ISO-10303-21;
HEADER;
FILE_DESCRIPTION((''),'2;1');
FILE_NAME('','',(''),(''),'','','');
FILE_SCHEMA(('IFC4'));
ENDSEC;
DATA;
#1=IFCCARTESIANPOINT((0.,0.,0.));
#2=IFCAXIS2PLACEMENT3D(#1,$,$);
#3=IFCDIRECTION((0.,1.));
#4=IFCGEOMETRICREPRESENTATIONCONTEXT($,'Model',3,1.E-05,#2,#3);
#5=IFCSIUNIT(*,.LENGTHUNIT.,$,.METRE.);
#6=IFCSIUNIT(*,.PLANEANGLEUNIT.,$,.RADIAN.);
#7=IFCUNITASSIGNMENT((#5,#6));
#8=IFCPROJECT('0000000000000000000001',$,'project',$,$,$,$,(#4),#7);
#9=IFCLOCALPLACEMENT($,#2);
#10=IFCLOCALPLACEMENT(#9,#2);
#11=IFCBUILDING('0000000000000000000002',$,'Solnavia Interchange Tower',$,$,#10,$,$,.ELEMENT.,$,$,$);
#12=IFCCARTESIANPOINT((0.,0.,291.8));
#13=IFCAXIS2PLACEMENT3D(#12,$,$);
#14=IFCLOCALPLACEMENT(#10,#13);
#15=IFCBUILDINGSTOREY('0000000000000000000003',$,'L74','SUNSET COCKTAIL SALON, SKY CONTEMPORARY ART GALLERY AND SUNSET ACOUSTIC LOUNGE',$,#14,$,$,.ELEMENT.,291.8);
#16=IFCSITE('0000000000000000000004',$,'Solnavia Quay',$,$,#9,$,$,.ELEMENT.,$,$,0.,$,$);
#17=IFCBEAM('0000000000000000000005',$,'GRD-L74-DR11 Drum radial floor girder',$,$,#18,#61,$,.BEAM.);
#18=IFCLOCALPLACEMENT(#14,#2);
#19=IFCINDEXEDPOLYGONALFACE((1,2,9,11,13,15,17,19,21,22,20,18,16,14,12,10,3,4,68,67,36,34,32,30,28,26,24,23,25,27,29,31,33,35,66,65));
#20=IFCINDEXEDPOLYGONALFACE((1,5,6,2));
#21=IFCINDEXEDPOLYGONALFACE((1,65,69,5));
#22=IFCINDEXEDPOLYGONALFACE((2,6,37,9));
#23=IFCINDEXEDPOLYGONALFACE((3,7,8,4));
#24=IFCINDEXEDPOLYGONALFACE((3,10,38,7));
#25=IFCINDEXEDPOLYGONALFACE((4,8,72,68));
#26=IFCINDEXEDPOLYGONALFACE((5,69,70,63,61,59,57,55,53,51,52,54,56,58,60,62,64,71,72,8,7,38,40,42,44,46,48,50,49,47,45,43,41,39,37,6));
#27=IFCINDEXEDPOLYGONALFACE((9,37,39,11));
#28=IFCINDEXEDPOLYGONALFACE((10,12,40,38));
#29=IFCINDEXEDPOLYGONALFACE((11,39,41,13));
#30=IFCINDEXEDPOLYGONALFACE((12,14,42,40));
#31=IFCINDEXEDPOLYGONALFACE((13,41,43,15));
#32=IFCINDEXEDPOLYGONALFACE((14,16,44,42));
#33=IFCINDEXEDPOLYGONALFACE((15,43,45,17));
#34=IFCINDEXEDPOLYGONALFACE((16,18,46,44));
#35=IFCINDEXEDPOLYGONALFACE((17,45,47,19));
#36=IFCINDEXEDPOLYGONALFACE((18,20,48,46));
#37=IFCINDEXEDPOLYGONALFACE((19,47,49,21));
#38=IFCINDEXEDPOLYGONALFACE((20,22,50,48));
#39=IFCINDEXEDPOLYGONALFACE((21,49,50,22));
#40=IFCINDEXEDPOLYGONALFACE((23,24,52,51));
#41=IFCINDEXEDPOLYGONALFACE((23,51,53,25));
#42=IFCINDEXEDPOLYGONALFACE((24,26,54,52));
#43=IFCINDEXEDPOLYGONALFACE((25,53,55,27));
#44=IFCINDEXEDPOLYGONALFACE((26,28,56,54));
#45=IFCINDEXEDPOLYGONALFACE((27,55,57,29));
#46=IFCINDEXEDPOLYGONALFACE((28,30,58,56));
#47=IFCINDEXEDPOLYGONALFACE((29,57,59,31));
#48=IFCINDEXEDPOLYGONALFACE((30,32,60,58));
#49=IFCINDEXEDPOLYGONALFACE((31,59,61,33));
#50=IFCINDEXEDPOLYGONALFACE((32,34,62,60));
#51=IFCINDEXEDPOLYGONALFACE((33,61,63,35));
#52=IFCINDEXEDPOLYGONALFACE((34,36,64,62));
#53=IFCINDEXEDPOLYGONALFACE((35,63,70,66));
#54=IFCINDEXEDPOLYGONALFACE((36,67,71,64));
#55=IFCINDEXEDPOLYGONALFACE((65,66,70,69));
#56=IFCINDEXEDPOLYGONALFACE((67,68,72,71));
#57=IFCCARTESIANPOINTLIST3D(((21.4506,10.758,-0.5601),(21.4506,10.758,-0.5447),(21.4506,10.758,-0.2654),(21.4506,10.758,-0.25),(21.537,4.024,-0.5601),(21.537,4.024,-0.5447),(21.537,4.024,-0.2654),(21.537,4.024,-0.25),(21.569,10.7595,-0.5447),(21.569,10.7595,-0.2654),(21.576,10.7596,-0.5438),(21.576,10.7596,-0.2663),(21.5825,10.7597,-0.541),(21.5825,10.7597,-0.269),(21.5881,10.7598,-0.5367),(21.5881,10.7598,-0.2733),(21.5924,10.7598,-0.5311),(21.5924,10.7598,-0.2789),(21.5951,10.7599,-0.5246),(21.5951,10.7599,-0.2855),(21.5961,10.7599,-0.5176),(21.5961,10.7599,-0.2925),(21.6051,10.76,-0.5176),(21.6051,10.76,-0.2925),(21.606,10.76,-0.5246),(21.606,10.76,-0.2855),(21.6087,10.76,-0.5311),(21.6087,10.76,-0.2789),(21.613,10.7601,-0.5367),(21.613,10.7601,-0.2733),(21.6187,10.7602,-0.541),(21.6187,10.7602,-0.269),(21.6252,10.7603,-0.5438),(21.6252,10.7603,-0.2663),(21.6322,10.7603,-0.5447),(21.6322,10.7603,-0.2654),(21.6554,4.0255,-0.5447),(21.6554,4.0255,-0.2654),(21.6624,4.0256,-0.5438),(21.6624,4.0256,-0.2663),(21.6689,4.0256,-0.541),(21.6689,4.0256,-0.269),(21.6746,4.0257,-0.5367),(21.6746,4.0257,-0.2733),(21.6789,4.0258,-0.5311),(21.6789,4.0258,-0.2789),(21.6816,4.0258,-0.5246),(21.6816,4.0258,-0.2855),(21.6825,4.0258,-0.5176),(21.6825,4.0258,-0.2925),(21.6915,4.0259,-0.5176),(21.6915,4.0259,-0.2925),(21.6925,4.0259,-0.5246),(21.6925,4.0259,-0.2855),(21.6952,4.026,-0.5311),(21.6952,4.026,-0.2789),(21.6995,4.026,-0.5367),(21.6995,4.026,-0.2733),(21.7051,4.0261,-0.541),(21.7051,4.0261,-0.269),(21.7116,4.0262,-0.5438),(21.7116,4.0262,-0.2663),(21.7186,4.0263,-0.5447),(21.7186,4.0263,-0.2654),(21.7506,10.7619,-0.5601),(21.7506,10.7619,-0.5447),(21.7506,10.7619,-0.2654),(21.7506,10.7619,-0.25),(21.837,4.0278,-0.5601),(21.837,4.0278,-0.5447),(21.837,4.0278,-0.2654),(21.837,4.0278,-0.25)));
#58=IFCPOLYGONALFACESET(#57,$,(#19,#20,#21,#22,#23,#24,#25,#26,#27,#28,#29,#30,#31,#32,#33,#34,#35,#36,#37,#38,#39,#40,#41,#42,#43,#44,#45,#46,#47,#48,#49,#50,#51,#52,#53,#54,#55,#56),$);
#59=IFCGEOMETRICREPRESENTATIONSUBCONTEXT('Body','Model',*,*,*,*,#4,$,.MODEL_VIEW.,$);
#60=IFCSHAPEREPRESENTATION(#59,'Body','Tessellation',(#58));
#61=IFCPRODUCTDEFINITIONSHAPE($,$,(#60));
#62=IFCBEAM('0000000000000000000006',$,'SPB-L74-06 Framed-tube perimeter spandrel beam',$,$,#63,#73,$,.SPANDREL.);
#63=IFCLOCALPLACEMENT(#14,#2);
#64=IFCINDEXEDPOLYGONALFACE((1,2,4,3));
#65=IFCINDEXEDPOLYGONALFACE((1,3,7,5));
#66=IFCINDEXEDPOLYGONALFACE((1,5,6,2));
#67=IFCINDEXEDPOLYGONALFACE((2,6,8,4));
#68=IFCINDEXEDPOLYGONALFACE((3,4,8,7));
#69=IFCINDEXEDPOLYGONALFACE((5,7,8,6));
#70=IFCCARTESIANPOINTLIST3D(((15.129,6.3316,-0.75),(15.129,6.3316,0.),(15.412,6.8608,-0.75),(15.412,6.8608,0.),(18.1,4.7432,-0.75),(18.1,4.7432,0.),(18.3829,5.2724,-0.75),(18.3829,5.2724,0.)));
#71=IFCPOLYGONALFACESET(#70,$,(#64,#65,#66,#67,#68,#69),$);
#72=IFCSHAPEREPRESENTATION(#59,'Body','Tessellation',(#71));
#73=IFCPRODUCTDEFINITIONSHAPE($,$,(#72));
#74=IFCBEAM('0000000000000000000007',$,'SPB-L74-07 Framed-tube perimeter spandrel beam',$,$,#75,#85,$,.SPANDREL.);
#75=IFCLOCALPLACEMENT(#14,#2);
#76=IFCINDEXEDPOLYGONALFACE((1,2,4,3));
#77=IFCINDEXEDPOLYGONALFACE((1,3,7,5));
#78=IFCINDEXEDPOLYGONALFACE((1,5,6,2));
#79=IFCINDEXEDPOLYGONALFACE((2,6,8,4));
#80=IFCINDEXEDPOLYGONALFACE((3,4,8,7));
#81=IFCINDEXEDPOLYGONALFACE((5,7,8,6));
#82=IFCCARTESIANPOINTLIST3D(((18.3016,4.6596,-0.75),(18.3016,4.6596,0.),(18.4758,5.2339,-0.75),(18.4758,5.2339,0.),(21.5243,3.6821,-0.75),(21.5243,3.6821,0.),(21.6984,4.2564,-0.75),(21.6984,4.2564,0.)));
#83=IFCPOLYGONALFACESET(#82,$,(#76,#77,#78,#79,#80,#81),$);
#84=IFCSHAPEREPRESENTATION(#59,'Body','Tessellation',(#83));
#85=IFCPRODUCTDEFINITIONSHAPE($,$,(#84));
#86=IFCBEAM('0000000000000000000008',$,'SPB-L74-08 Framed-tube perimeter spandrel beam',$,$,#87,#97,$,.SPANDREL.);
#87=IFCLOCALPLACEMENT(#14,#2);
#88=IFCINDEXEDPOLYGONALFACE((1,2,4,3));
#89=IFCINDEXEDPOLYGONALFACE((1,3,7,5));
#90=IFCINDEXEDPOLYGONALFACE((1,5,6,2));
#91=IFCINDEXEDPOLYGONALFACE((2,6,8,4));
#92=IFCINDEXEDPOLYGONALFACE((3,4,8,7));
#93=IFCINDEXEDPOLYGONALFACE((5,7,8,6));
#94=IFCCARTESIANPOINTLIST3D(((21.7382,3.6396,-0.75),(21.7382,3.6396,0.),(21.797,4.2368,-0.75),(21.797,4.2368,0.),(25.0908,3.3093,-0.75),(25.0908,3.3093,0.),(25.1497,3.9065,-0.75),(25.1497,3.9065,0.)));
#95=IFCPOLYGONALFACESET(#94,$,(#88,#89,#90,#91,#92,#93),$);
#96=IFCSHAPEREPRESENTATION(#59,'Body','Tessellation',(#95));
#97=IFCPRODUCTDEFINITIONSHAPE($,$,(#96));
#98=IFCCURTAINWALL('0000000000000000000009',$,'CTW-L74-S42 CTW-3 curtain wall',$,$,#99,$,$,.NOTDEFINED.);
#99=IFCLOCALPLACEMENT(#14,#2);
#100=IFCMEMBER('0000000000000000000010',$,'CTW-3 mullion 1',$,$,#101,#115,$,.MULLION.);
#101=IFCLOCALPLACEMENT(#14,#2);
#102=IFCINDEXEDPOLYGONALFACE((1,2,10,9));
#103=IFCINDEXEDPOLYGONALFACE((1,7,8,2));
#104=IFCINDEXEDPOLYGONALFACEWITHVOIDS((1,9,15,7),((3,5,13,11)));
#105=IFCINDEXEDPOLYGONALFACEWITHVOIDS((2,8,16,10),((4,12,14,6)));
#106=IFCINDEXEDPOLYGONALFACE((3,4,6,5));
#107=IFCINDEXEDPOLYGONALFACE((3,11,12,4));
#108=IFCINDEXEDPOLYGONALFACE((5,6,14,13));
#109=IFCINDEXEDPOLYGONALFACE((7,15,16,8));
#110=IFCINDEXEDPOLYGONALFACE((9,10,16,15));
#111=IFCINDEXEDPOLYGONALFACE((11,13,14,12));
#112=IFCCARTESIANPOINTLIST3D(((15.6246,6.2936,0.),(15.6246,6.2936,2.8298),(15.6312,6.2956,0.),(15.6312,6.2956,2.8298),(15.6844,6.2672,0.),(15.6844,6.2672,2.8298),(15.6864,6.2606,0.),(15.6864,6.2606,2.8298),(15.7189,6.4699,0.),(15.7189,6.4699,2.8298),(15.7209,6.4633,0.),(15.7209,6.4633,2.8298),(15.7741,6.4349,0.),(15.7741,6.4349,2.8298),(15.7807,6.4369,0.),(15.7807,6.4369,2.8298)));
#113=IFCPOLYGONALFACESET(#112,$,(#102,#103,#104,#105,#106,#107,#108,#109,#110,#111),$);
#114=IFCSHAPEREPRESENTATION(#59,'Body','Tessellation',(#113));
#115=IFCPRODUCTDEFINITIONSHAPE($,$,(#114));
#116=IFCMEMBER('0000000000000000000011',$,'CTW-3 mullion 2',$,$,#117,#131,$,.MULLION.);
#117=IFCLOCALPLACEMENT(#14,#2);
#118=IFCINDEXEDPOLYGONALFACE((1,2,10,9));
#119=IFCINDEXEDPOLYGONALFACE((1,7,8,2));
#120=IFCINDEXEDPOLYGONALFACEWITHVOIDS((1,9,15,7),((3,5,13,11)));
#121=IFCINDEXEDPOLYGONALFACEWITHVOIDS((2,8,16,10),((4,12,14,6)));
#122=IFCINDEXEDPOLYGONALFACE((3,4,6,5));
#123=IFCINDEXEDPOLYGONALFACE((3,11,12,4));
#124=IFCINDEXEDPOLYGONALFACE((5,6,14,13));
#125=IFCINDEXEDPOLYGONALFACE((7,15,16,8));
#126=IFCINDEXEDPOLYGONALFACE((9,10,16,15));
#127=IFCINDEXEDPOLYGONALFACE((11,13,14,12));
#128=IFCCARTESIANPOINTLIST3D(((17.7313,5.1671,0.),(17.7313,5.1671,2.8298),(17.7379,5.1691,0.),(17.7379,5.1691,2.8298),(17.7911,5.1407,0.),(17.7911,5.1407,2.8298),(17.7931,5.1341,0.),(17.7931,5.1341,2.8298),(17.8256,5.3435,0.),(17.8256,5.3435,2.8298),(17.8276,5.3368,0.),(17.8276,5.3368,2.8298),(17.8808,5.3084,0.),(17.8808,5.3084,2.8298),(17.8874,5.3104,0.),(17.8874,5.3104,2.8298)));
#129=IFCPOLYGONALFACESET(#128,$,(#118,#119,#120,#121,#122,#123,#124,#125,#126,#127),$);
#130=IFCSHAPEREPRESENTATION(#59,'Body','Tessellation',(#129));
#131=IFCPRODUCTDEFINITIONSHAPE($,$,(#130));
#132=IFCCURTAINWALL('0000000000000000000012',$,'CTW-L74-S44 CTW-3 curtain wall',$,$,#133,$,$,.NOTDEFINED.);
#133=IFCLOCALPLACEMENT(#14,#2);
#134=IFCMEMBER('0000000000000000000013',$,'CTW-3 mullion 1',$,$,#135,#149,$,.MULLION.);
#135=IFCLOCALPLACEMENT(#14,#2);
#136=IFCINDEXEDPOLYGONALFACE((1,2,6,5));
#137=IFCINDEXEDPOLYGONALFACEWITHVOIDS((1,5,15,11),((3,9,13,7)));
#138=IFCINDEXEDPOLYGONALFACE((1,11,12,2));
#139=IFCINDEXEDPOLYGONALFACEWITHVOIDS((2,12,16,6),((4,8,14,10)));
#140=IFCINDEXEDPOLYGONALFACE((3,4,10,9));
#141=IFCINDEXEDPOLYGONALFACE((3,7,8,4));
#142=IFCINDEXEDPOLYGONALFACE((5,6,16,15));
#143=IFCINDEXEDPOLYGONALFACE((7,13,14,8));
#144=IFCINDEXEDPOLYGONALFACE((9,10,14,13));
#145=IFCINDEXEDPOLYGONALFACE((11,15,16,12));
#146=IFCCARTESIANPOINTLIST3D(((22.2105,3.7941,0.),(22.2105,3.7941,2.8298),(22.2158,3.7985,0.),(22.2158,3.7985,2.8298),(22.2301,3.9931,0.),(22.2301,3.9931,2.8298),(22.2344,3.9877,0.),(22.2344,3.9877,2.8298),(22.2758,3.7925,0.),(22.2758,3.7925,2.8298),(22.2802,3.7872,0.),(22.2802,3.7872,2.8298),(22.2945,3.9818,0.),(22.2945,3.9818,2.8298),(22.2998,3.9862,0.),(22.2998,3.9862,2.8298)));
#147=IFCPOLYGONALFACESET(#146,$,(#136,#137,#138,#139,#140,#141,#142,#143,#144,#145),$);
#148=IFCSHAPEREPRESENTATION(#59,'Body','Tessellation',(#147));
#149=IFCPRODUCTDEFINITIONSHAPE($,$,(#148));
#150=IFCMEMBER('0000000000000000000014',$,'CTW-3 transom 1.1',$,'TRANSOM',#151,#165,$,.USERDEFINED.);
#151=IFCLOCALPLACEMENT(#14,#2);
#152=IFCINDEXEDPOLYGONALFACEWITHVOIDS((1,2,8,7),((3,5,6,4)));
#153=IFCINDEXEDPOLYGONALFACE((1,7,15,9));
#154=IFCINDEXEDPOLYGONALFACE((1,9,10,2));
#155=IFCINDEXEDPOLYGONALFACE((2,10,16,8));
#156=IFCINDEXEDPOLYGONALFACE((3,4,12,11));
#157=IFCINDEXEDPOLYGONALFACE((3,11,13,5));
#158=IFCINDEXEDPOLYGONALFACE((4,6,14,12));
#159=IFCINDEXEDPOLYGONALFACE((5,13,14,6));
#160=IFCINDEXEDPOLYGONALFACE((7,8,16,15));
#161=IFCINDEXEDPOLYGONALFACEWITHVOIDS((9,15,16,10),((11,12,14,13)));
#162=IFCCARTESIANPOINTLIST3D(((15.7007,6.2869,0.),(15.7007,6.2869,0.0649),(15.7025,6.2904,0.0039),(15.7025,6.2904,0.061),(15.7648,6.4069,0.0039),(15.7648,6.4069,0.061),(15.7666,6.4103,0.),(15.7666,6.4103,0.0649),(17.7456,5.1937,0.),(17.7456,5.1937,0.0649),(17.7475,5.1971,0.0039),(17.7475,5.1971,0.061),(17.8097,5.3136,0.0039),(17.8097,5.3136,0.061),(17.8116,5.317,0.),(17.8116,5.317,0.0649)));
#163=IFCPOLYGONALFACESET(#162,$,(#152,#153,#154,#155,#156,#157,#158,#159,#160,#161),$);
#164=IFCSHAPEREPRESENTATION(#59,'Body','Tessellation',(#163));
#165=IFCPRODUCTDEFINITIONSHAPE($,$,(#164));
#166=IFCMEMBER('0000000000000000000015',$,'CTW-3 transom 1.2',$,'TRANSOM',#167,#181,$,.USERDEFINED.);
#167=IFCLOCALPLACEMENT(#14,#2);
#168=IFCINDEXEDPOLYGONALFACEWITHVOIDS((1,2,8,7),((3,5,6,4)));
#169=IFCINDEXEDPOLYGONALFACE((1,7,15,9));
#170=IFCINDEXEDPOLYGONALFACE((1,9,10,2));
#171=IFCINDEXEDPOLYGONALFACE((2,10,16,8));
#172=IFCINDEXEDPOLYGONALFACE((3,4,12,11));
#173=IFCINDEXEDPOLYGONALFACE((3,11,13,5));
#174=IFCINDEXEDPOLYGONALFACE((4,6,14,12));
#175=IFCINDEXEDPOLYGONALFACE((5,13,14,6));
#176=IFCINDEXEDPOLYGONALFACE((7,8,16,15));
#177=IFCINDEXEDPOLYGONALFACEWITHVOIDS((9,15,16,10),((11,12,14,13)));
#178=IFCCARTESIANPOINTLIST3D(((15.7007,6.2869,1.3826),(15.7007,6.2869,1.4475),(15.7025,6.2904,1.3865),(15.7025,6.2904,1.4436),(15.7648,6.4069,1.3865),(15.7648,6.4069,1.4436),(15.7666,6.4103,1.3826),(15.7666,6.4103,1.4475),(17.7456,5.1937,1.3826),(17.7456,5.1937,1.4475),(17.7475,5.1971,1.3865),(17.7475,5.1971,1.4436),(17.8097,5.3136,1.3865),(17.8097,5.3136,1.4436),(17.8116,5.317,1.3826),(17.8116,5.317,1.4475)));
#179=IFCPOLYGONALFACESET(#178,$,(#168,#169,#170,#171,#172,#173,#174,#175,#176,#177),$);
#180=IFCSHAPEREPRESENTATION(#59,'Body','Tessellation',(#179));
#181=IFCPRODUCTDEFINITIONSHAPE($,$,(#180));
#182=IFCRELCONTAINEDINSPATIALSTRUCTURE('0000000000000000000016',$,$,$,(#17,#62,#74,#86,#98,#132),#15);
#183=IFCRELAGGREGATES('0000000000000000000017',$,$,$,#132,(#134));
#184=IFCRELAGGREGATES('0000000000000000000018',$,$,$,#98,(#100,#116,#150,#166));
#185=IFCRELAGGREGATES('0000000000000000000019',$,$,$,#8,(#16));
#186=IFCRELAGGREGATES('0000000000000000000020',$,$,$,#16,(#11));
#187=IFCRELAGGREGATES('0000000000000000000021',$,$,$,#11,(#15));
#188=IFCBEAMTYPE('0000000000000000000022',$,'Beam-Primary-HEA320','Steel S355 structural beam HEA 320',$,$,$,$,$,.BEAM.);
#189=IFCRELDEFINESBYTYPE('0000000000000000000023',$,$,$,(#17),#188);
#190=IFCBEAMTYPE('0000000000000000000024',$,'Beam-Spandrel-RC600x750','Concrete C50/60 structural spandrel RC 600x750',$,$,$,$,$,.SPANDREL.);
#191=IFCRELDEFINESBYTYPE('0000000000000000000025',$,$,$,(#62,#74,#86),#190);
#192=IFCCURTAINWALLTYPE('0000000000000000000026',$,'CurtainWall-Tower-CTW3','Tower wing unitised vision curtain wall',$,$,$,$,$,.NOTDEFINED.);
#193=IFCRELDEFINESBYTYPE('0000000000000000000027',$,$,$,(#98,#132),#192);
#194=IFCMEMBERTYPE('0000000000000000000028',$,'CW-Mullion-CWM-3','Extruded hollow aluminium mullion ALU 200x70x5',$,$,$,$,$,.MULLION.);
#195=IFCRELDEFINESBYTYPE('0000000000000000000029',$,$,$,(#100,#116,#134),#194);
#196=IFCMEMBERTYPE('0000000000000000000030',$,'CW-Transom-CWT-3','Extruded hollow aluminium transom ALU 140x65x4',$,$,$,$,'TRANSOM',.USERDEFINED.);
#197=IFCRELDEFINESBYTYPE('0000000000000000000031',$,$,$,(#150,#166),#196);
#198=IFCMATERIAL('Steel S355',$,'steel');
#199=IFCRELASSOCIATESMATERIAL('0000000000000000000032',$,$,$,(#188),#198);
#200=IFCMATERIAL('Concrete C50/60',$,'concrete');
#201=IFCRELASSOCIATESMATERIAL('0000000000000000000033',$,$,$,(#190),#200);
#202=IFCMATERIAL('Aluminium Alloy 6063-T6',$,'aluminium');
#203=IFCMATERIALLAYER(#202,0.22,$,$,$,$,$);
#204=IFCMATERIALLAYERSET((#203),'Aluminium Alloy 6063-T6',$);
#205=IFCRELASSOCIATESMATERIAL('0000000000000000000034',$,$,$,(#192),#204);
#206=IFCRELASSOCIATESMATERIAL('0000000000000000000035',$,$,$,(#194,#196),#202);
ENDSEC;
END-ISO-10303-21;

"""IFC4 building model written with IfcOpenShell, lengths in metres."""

from ifc_helpers import new_model, si_unit, direction, frame, origin, origin_2d, place, context, subcontext, project, spatial, rectangle, hollow_rectangle, i_section, extrude, material, layer, layer_set, material_profile, profile_set, type_object, element, aggregate, save


model = new_model("IFC4")

# Units and contexts
model_context = context("Model", 3, precision=1e-05, world=origin(), true_north=direction((0.0, 1.0)))
body_context = subcontext(model_context, "Body", "Model", "MODEL_VIEW")
ifc_project = project(units=[si_unit("LENGTHUNIT", "METRE"), si_unit("PLANEANGLEUNIT", "RADIAN")], contexts=[model_context])

# Site, building, storey
site_placement = place(None, origin())
site = spatial("IfcSite", under=ifc_project, at=site_placement, Name="Solnavia Quay", CompositionType="ELEMENT", RefElevation=0.0)
building_placement = place(site_placement, origin())
building = spatial("IfcBuilding", under=site, at=building_placement, Name="Solnavia Interchange Tower", CompositionType="ELEMENT")
storey_placement = place(building_placement, frame((0.0, 0.0, 291.8)))
storey = spatial("IfcBuildingStorey", under=building, at=storey_placement, Name="L74", Description="SUNSET COCKTAIL SALON, SKY CONTEMPORARY ART GALLERY AND SUNSET ACOUSTIC LOUNGE", CompositionType="ELEMENT", Elevation=291.8)

# Shared definitions
ifc_material_1 = material(Name="Concrete C50/60", Category="concrete")

# Beams
ifc_material_2 = material(Name="Steel S355", Category="steel")
ifc_material_profile_1 = material_profile(ifc_material_2, i_section(OverallWidth=0.3, OverallDepth=0.3101, WebThickness=0.009, FlangeThickness=0.0154, FilletRadius=0.0271, at=origin_2d()), Name="HEA 320")
ifc_profile_set_1 = profile_set([ifc_material_profile_1], Name="Steel S355")
beam_type_1 = type_object("IfcBeamType", Name="Beam-Primary-HEA320", Description="Steel S355 structural beam HEA 320", PredefinedType="BEAM", material=ifc_profile_set_1)
beam_1_placement = place(storey_placement, frame((21.687, 4.0259, -0.405), z_axis=(-0.012833, 0.999918, 0.0), x_axis=(-0.999918, -0.012833, 0.0)))
element("IfcBeam", 1, at=beam_1_placement, inside=storey, type_object=beam_type_1, Name="GRD-L74-DR11 Drum radial floor girder", PredefinedType="BEAM", context=body_context, shape_type="SweptSolid", body=[
    extrude(i_section(OverallWidth=0.3, OverallDepth=0.3101, WebThickness=0.009, FlangeThickness=0.0154, FilletRadius=0.0271, at=origin_2d()), origin(), (0.0, 0.0, 1.0), 6.7346),
])
ifc_material_profile_2 = material_profile(ifc_material_1, rectangle(XDim=0.6001, YDim=0.75, at=origin_2d()), Name="RC 600x750")
ifc_profile_set_2 = profile_set([ifc_material_profile_2], Name="Concrete C50/60")
beam_type_2 = type_object("IfcBeamType", Name="Beam-Spandrel-RC600x750", Description="Concrete C50/60 structural spandrel RC 600x750", PredefinedType="SPANDREL", material=ifc_profile_set_2)
beam_2_placement = place(storey_placement, frame((15.2705, 6.5962, -0.375), z_axis=(0.881875, -0.471483, 0.0), x_axis=(0.471483, 0.881875, 0.0)))
element("IfcBeam", 2, at=beam_2_placement, inside=storey, type_object=beam_type_2, Name="SPB-L74-06 Framed-tube perimeter spandrel beam", PredefinedType="SPANDREL", context=body_context, shape_type="SweptSolid", body=[
    extrude(rectangle(XDim=0.6001, YDim=0.75, at=origin_2d()), origin(), (0.0, 0.0, 1.0), 3.3689),
])
beam_3_placement = place(storey_placement, frame((18.3887, 4.9468, -0.375), z_axis=(0.956944, -0.290273, 0.0), x_axis=(0.290273, 0.956944, 0.0)))
element("IfcBeam", 3, at=beam_3_placement, inside=storey, type_object=beam_type_2, Name="SPB-L74-07 Framed-tube perimeter spandrel beam", PredefinedType="SPANDREL", context=body_context, shape_type="SweptSolid", body=[
    extrude(rectangle(XDim=0.6001, YDim=0.75, at=origin_2d()), origin(), (0.0, 0.0, 1.0), 3.3677),
])
beam_4_placement = place(storey_placement, frame((21.7676, 3.9382, -0.375), z_axis=(0.995182, -0.098047, 0.0), x_axis=(0.098047, 0.995182, 0.0)))
element("IfcBeam", 4, at=beam_4_placement, inside=storey, type_object=beam_type_2, Name="SPB-L74-08 Framed-tube perimeter spandrel beam", PredefinedType="SPANDREL", context=body_context, shape_type="SweptSolid", body=[
    extrude(rectangle(XDim=0.6001, YDim=0.75, at=origin_2d()), origin(), (0.0, 0.0, 1.0), 3.3689),
])

# Curtain wall, members
ifc_material_3 = material(Name="Aluminium Alloy 6063-T6", Category="aluminium")
ifc_layer_1 = layer(ifc_material_3, 0.22)
ifc_layer_set_1 = layer_set([ifc_layer_1], Name="Aluminium Alloy 6063-T6")
curtain_wall_type = type_object("IfcCurtainWallType", Name="CurtainWall-Tower-CTW3", Description="Tower wing unitised vision curtain wall", PredefinedType="NOTDEFINED", material=ifc_layer_set_1)
curtain_wall_1_placement = place(storey_placement, origin())
curtain_wall_1 = element("IfcCurtainWall", 5, at=curtain_wall_1_placement, inside=storey, type_object=curtain_wall_type, Name="CTW-L74-S42 CTW-3 curtain wall", PredefinedType="NOTDEFINED")
ifc_material_profile_3 = material_profile(ifc_material_3, hollow_rectangle(XDim=0.0701, YDim=0.2, WallThickness=0.0049, at=origin_2d()), Name="ALU 200x70x5")
ifc_profile_set_3 = profile_set([ifc_material_profile_3], Name="Aluminium Alloy 6063-T6")
member_type_1 = type_object("IfcMemberType", Name="CW-Mullion-CWM-3", Description="Extruded hollow aluminium mullion ALU 200x70x5", PredefinedType="MULLION", material=ifc_profile_set_3)
member_1_placement = place(storey_placement, frame((15.7026, 6.3652, 0.0), z_axis=(0.0, 0.0, 1.0), x_axis=(0.881859, -0.471513, 0.0)))
member_1 = element("IfcMember", 6, at=member_1_placement, type_object=member_type_1, Name="CTW-3 mullion 1", PredefinedType="MULLION", context=body_context, shape_type="SweptSolid", body=[
    extrude(hollow_rectangle(XDim=0.0701, YDim=0.2, WallThickness=0.0049, at=origin_2d()), origin(), (0.0, 0.0, 1.0), 2.8298),
])
member_2_placement = place(storey_placement, frame((17.8093, 5.2388, 0.0), z_axis=(0.0, 0.0, 1.0), x_axis=(0.881859, -0.471513, 0.0)))
member_2 = element("IfcMember", 7, at=member_2_placement, type_object=member_type_1, Name="CTW-3 mullion 2", PredefinedType="MULLION", context=body_context, shape_type="SweptSolid", body=[
    extrude(hollow_rectangle(XDim=0.0701, YDim=0.2, WallThickness=0.0049, at=origin_2d()), origin(), (0.0, 0.0, 1.0), 2.8298),
])

# Curtain wall, member
curtain_wall_2_placement = place(storey_placement, origin())
curtain_wall_2 = element("IfcCurtainWall", 8, at=curtain_wall_2_placement, inside=storey, type_object=curtain_wall_type, Name="CTW-L74-S44 CTW-3 curtain wall", PredefinedType="NOTDEFINED")
member_3_placement = place(storey_placement, frame((22.2551, 3.8901, 0.0), z_axis=(0.0, 0.0, 1.0), x_axis=(0.995186, -0.098006, 0.0)))
member_3 = element("IfcMember", 9, at=member_3_placement, type_object=member_type_1, Name="CTW-3 mullion 1", PredefinedType="MULLION", context=body_context, shape_type="SweptSolid", body=[
    extrude(hollow_rectangle(XDim=0.0701, YDim=0.2, WallThickness=0.0049, at=origin_2d()), origin(), (0.0, 0.0, 1.0), 2.8298),
])
aggregate(curtain_wall_2, [member_3])

# Members
ifc_material_profile_4 = material_profile(ifc_material_3, hollow_rectangle(XDim=0.0649, YDim=0.1399, WallThickness=0.0039, at=origin_2d()), Name="ALU 140x65x4")
ifc_profile_set_4 = profile_set([ifc_material_profile_4], Name="Aluminium Alloy 6063-T6")
member_type_2 = type_object("IfcMemberType", Name="CW-Transom-CWT-3", Description="Extruded hollow aluminium transom ALU 140x65x4", ElementType="TRANSOM", PredefinedType="USERDEFINED", material=ifc_profile_set_4)
member_4_placement = place(storey_placement, frame((15.7336, 6.3486, 0.0325), z_axis=(0.88188, -0.471473, 0.0), x_axis=(0.0, 0.0, 1.0)))
member_4 = element("IfcMember", 10, at=member_4_placement, type_object=member_type_2, Name="CTW-3 transom 1.1", ObjectType="TRANSOM", PredefinedType="USERDEFINED", context=body_context, shape_type="SweptSolid", body=[
    extrude(hollow_rectangle(XDim=0.0649, YDim=0.1399, WallThickness=0.0039, at=origin_2d()), origin(), (0.0, 0.0, 1.0), 2.3188),
])
member_5_placement = place(storey_placement, frame((15.7336, 6.3486, 1.415), z_axis=(0.88188, -0.471473, 0.0), x_axis=(0.0, 0.0, 1.0)))
member_5 = element("IfcMember", 11, at=member_5_placement, type_object=member_type_2, Name="CTW-3 transom 1.2", ObjectType="TRANSOM", PredefinedType="USERDEFINED", context=body_context, shape_type="SweptSolid", body=[
    extrude(hollow_rectangle(XDim=0.0649, YDim=0.1399, WallThickness=0.0039, at=origin_2d()), origin(), (0.0, 0.0, 1.0), 2.3188),
])

aggregate(curtain_wall_1, [member_1, member_2, member_4, member_5])

save(model, "model.ifc")
